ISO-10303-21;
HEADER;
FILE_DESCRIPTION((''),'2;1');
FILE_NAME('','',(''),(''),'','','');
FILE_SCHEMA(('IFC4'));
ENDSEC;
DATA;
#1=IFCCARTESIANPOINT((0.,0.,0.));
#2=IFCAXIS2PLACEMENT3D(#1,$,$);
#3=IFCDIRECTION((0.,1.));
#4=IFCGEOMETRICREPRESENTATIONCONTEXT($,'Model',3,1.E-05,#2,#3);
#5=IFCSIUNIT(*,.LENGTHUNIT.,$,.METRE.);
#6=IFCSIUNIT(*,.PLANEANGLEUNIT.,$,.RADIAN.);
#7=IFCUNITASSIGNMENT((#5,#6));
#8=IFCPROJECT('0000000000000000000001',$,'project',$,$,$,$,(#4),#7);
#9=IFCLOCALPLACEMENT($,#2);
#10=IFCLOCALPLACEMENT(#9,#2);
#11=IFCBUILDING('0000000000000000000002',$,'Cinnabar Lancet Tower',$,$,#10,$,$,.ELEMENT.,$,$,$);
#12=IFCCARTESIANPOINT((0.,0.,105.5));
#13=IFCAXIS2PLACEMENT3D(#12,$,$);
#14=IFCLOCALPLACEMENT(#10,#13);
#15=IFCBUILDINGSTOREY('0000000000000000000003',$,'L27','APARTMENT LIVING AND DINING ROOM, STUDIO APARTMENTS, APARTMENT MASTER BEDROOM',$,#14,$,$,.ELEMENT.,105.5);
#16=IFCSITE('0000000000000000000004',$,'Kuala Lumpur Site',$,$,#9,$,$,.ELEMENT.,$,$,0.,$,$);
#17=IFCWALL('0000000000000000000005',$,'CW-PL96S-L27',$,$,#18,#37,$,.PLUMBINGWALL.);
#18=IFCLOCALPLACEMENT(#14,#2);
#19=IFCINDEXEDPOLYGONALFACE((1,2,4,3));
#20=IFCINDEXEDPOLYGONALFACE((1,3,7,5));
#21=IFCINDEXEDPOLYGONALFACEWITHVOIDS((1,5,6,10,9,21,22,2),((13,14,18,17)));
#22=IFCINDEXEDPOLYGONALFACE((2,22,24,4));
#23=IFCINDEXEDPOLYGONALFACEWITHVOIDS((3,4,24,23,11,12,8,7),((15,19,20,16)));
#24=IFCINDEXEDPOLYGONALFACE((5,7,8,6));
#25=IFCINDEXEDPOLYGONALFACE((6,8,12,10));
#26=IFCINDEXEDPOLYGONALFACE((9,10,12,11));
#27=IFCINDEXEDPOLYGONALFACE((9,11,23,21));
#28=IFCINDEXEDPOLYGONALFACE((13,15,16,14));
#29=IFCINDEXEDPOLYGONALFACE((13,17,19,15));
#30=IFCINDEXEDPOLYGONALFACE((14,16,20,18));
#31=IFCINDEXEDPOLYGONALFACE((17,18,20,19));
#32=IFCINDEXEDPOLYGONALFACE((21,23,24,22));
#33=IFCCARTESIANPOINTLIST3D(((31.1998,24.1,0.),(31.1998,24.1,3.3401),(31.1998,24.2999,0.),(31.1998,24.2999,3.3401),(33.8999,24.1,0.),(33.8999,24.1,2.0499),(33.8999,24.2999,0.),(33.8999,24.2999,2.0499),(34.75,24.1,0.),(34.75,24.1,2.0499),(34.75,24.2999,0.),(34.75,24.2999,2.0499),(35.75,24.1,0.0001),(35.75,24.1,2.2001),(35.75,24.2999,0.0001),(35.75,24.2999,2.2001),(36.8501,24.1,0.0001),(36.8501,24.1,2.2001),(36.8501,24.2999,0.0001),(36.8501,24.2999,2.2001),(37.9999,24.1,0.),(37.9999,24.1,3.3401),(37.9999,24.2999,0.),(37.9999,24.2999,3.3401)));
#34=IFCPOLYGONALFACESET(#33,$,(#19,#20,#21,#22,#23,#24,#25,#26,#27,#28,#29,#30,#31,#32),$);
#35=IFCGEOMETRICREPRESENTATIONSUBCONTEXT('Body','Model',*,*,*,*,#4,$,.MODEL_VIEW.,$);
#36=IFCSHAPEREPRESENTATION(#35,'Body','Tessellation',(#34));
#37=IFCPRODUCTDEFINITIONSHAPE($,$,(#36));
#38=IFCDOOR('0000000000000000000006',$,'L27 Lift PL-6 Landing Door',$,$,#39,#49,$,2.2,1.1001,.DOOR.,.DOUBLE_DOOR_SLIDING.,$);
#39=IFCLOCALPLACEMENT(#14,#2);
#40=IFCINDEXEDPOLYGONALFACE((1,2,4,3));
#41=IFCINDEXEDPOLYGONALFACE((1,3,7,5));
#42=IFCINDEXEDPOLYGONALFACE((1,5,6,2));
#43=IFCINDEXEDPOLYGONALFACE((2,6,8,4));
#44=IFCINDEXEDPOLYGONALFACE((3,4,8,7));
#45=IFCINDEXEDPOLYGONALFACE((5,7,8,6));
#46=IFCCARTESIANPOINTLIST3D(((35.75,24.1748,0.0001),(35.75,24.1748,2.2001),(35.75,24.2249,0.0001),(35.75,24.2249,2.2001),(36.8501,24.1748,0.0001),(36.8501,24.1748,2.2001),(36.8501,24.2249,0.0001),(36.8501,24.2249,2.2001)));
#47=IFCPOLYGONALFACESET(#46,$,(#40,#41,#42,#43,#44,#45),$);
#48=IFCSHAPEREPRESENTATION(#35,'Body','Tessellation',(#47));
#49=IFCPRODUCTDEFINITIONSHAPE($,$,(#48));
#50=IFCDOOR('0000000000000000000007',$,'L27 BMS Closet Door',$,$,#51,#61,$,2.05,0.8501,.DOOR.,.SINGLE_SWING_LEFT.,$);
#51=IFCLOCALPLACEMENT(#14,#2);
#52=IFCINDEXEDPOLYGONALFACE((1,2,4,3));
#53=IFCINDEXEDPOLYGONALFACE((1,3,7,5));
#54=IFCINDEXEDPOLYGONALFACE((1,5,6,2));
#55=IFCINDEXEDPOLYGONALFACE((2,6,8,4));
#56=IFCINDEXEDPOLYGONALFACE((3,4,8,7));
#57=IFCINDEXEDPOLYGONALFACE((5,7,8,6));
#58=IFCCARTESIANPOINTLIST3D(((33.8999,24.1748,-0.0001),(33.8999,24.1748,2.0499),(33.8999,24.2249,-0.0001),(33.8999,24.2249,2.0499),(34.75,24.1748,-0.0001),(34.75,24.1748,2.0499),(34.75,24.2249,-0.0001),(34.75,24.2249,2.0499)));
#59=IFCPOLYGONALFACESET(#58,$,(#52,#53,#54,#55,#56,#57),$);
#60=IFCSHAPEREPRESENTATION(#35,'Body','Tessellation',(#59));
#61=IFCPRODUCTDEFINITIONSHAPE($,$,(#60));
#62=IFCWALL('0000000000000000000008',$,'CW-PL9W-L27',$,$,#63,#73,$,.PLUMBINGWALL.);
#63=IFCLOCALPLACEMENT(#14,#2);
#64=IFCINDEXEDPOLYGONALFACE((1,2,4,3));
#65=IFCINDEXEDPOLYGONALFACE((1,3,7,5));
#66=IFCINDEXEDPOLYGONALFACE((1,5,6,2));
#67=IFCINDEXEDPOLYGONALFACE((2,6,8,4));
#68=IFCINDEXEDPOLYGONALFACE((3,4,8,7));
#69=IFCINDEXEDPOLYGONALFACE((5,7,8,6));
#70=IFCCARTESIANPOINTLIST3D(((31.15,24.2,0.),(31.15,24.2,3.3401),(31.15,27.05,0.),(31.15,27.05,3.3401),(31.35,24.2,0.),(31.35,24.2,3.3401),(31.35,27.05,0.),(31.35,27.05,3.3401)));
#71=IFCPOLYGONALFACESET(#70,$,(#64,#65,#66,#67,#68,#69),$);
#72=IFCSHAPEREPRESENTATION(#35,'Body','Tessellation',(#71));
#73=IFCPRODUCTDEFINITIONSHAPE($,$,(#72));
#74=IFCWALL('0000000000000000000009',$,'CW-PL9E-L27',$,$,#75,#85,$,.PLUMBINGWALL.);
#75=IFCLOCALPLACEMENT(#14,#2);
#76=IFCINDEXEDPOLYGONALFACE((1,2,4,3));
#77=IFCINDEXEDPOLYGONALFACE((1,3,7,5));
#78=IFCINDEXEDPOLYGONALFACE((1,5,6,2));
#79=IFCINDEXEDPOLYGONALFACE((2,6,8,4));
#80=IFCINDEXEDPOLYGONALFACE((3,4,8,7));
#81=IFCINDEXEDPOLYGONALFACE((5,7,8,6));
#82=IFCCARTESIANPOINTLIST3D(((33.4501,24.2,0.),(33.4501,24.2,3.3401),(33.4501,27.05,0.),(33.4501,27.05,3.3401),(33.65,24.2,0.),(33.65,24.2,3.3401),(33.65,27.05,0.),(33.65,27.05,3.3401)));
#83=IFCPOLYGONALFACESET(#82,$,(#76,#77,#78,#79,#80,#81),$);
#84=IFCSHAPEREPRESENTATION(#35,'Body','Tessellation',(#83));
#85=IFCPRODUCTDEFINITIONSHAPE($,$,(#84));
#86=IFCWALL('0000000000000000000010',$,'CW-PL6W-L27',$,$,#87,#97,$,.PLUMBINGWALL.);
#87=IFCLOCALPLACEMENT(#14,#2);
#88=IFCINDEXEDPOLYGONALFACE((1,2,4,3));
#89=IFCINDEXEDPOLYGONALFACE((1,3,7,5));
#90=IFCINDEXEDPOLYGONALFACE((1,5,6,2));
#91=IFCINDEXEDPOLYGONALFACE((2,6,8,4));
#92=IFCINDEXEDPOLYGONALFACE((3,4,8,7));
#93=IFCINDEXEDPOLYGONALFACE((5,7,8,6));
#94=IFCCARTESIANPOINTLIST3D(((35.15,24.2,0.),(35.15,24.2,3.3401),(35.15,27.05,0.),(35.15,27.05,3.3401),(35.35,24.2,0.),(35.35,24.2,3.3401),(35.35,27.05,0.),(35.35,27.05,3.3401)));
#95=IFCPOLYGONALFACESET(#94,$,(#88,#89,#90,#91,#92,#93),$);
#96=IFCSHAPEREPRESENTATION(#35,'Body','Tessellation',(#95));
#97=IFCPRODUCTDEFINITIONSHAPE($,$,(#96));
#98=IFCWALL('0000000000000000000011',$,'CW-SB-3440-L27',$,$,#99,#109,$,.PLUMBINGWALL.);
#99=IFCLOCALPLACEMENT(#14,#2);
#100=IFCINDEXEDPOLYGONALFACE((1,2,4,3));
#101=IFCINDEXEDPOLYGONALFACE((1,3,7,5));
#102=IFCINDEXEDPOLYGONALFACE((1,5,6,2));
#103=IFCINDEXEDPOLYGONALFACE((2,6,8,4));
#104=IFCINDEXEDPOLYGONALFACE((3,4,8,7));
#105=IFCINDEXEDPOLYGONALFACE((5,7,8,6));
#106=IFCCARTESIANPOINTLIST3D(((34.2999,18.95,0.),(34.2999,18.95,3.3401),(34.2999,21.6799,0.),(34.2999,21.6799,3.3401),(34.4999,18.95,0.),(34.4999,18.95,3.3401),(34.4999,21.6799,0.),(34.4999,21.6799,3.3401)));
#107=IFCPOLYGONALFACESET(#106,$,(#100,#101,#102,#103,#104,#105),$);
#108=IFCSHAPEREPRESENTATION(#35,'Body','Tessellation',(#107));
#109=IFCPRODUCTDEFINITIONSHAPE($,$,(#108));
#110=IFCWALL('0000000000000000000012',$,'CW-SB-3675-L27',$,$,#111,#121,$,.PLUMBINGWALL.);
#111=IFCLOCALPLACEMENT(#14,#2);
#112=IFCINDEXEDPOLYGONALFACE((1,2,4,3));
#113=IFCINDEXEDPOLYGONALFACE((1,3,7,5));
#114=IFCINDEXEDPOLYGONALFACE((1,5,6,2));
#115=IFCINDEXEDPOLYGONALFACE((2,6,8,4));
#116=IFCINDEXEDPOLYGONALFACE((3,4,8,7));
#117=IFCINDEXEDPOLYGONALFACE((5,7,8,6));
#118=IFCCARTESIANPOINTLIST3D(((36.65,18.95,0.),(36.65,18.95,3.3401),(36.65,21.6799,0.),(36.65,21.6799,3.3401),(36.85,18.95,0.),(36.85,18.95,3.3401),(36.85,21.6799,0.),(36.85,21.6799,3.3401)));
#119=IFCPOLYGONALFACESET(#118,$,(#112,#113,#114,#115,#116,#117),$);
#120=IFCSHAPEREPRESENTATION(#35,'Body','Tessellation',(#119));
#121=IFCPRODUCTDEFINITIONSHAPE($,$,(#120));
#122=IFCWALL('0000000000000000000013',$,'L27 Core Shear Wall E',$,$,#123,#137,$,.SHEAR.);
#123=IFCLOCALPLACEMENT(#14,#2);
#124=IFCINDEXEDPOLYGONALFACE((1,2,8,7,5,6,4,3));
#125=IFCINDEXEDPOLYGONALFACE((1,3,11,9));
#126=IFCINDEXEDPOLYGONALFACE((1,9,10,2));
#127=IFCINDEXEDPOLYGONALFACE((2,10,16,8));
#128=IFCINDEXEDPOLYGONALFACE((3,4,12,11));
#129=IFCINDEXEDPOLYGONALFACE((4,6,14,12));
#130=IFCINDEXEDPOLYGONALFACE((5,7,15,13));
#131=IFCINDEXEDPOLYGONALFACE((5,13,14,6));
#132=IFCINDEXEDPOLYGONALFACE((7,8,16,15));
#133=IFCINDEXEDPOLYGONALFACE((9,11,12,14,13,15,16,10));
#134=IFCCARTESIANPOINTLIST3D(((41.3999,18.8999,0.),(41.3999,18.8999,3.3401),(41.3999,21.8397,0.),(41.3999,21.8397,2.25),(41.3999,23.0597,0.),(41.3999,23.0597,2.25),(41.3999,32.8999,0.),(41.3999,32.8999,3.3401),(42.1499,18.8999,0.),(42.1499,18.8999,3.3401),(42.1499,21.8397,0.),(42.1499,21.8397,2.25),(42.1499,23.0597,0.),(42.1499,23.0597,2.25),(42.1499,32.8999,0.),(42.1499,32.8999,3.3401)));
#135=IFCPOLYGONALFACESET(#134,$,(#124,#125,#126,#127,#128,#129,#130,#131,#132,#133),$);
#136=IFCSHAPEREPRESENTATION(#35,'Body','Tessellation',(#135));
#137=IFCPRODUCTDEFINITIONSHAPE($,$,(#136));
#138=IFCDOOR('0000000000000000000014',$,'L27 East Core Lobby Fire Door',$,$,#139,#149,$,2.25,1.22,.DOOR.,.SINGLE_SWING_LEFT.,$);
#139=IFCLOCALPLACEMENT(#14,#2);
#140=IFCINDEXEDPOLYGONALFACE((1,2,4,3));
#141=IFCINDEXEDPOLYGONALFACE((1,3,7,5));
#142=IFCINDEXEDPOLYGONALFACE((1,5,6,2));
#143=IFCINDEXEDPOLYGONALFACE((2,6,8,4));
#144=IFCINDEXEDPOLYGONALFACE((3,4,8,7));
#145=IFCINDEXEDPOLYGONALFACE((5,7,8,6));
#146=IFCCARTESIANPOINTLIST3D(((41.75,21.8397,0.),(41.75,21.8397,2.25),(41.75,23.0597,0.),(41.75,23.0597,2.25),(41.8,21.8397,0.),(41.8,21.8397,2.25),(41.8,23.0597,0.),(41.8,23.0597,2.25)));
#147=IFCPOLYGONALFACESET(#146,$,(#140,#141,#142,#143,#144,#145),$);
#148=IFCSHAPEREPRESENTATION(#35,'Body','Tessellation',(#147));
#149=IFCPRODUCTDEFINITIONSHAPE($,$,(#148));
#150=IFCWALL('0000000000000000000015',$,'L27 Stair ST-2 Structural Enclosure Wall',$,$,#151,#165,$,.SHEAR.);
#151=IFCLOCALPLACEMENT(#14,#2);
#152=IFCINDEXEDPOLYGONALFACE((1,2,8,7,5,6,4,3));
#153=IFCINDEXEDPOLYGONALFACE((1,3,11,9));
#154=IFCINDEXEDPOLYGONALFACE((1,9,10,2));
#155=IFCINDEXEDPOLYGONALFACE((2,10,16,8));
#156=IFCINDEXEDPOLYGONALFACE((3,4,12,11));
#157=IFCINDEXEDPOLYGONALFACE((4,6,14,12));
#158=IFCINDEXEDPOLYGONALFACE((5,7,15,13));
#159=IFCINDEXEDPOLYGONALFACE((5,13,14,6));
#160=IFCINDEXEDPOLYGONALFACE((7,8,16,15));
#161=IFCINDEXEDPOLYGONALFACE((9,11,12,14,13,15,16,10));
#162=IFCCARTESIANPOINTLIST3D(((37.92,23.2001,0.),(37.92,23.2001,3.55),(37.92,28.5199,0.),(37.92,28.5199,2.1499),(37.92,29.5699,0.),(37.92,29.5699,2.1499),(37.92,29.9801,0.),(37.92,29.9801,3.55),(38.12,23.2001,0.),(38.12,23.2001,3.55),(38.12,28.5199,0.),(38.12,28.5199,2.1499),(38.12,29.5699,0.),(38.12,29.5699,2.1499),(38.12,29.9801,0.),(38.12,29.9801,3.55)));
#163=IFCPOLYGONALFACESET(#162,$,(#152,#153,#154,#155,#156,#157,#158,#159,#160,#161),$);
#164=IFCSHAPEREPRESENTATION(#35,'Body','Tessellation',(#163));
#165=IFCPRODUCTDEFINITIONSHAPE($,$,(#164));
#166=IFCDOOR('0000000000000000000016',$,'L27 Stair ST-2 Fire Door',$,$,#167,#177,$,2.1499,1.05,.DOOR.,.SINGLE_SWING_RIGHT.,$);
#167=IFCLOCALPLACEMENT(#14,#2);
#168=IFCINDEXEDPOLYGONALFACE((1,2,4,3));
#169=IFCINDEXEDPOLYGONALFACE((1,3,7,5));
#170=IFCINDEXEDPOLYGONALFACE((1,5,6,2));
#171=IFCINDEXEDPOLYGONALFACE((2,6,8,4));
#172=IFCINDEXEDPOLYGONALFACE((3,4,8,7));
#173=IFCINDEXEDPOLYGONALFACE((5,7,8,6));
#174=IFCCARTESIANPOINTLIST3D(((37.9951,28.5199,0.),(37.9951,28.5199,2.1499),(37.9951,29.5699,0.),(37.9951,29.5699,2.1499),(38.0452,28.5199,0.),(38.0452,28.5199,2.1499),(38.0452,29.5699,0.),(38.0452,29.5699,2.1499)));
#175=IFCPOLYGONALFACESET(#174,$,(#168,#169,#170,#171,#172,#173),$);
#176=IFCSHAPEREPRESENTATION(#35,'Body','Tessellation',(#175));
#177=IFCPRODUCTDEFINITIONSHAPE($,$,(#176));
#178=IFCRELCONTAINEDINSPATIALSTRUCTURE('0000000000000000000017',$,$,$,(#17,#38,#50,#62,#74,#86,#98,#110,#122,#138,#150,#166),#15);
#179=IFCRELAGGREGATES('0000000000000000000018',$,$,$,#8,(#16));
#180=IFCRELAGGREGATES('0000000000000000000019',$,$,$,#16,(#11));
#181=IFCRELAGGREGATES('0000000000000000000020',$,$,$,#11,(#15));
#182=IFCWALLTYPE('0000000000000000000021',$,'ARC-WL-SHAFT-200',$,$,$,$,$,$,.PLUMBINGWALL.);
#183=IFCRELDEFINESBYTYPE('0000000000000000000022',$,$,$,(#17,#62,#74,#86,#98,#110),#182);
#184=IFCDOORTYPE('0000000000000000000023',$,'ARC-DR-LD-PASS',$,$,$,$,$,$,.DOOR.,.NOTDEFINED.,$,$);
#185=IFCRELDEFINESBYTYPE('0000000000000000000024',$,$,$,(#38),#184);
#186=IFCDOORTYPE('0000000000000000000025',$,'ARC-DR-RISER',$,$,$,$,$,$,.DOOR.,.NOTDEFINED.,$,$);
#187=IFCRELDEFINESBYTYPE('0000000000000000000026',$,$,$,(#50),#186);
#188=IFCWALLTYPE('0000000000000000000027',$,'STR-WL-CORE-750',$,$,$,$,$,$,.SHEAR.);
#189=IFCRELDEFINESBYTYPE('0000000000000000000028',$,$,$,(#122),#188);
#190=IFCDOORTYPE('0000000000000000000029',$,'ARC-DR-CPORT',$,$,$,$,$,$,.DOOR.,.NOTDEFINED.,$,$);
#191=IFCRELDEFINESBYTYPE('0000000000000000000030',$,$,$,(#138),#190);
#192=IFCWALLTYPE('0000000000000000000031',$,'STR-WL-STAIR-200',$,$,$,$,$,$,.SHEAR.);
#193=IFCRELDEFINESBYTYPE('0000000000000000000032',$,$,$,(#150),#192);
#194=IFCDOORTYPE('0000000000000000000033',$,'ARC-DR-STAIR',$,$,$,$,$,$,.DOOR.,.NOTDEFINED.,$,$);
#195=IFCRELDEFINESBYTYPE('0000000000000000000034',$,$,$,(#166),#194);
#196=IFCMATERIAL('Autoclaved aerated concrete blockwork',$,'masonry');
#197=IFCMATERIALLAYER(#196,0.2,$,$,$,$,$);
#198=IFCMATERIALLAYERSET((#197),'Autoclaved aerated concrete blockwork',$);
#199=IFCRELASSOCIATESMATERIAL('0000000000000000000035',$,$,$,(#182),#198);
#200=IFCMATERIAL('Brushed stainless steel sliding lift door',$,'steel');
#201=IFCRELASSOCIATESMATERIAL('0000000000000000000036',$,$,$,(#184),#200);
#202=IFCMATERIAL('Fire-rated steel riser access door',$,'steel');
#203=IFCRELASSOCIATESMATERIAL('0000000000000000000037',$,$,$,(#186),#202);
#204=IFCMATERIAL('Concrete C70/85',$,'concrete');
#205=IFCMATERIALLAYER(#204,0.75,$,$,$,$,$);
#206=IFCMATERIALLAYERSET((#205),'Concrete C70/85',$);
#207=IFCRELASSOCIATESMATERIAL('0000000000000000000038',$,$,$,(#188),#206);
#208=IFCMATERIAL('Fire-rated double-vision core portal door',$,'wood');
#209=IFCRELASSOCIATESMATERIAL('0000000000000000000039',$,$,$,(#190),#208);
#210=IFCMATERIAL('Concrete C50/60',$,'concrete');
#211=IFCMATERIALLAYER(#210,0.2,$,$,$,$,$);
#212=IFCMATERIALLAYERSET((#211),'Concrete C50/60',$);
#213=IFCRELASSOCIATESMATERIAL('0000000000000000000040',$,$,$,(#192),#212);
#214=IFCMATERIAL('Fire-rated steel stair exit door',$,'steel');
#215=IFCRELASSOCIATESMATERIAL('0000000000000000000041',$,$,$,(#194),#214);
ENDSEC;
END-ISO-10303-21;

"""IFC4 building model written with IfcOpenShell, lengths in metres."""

from ifc_helpers import new_model, si_unit, direction, frame, frame_2d, origin, place, context, subcontext, project, spatial, rectangle, extrude, material, layer, layer_set, type_object, element, fill, save


model = new_model("IFC4")

# Units and contexts
model_context = context("Model", 3, precision=1e-05, world=origin(), true_north=direction((0.0, 1.0)))
body_context = subcontext(model_context, "Body", "Model", "MODEL_VIEW")
ifc_project = project(units=[si_unit("LENGTHUNIT", "METRE"), si_unit("PLANEANGLEUNIT", "RADIAN")], contexts=[model_context])

# Site, building, storey
site_placement = place(None, origin())
site = spatial("IfcSite", under=ifc_project, at=site_placement, Name="Kuala Lumpur Site", CompositionType="ELEMENT", RefElevation=0.0)
building_placement = place(site_placement, origin())
building = spatial("IfcBuilding", under=site, at=building_placement, Name="Cinnabar Lancet Tower", CompositionType="ELEMENT")
storey_placement = place(building_placement, frame((0.0, 0.0, 105.5)))
storey = spatial("IfcBuildingStorey", under=building, at=storey_placement, Name="L27", Description="APARTMENT LIVING AND DINING ROOM, STUDIO APARTMENTS, APARTMENT MASTER BEDROOM", CompositionType="ELEMENT", Elevation=105.5)

# Shared definitions
ifc_material_1 = material(Name="Autoclaved aerated concrete blockwork", Category="masonry")
ifc_layer_1 = layer(ifc_material_1, 0.2)
ifc_layer_set_1 = layer_set([ifc_layer_1], Name="Autoclaved aerated concrete blockwork")
wall_type_1 = type_object("IfcWallType", Name="ARC-WL-SHAFT-200", PredefinedType="PLUMBINGWALL", material=ifc_layer_set_1)

# Wall, openings, doors
wall_1_placement = place(storey_placement, frame((31.2, 24.2, 0.0), z_axis=(0.0, 0.0, 1.0), x_axis=(1.0, 0.0, 0.0)))
wall_1 = element("IfcWall", 1, at=wall_1_placement, inside=storey, type_object=wall_type_1, Name="CW-PL96S-L27", PredefinedType="PLUMBINGWALL", context=body_context, shape_type="SweptSolid", body=[
    extrude(rectangle(XDim=6.8, YDim=0.2, at=frame_2d((3.3999, 0.0))), origin(), (0.0, 0.0, 1.0), 3.3401),
])
opening_1_placement = place(wall_1_placement, frame((2.7, 0.0, 0.0)))
opening_1 = element("IfcOpeningElement", 2, at=opening_1_placement, cuts=wall_1, PredefinedType="OPENING", context=body_context, shape_type="SweptSolid", body=[
    extrude(rectangle(XDim=0.8501, YDim=2.05, at=frame_2d((0.425, 1.0249))), frame((0.0, 0.1099, 0.0), z_axis=(0.0, -1.0, 0.0), x_axis=(1.0, 0.0, 0.0)), (0.0, 0.0, 1.0), 0.22),
])
opening_2_placement = place(wall_1_placement, frame((4.55, 0.0, 0.0)))
opening_2 = element("IfcOpeningElement", 3, at=opening_2_placement, cuts=wall_1, PredefinedType="OPENING", context=body_context, shape_type="SweptSolid", body=[
    extrude(rectangle(XDim=1.1001, YDim=2.2, at=frame_2d((0.55, 1.1001))), frame((0.0, 0.1099, 0.0), z_axis=(0.0, -1.0, 0.0), x_axis=(1.0, 0.0, 0.0)), (0.0, 0.0, 1.0), 0.22),
])
ifc_material_2 = material(Name="Brushed stainless steel sliding lift door", Category="steel")
door_type_1 = type_object("IfcDoorType", Name="ARC-DR-LD-PASS", OperationType="NOTDEFINED", PredefinedType="DOOR", material=ifc_material_2)
door_1_placement = place(opening_2_placement, origin())
door_1 = element("IfcDoor", 4, at=door_1_placement, inside=storey, type_object=door_type_1, Name="L27 Lift PL-6 Landing Door", OperationType="DOUBLE_DOOR_SLIDING", OverallHeight=2.2, OverallWidth=1.1001, PredefinedType="DOOR", context=body_context, shape_type="SweptSolid", body=[
    extrude(rectangle(XDim=1.1001, YDim=2.2, at=frame_2d((0.55, 1.1001))), frame((0.0, 0.0249, 0.0), z_axis=(0.0, -1.0, 0.0), x_axis=(1.0, 0.0, 0.0)), (0.0, 0.0, 1.0), 0.05),
])
fill(opening_2, door_1)
ifc_material_3 = material(Name="Fire-rated steel riser access door", Category="steel")
door_type_2 = type_object("IfcDoorType", Name="ARC-DR-RISER", OperationType="NOTDEFINED", PredefinedType="DOOR", material=ifc_material_3)
door_2_placement = place(opening_1_placement, origin())
door_2 = element("IfcDoor", 5, at=door_2_placement, inside=storey, type_object=door_type_2, Name="L27 BMS Closet Door", OperationType="SINGLE_SWING_LEFT", OverallHeight=2.05, OverallWidth=0.8501, PredefinedType="DOOR", context=body_context, shape_type="SweptSolid", body=[
    extrude(rectangle(XDim=0.8501, YDim=2.05, at=frame_2d((0.425, 1.0249))), frame((0.0, 0.0249, 0.0), z_axis=(0.0, -1.0, 0.0), x_axis=(1.0, 0.0, 0.0)), (0.0, 0.0, 1.0), 0.05),
])
fill(opening_1, door_2)

# Walls
for number, where, z_axis, x_axis, name in (
    (6, (31.25, 24.2, 0.0), (0.0, 0.0, 1.0), (0.0, 1.0, 0.0), "CW-PL9W-L27"),
    (7, (33.55, 24.2, 0.0), (0.0, 0.0, 1.0), (0.0, 1.0, 0.0), "CW-PL9E-L27"),
    (8, (35.25, 24.2, 0.0), (0.0, 0.0, 1.0), (0.0, 1.0, 0.0), "CW-PL6W-L27"),
):
    element("IfcWall", number, at=place(storey_placement, frame(where, z_axis=z_axis, x_axis=x_axis)), inside=storey, type_object=wall_type_1, Name=name, PredefinedType="PLUMBINGWALL", context=body_context, shape_type="SweptSolid", body=[
        extrude(rectangle(XDim=2.8501, YDim=0.2, at=frame_2d((1.425, 0.0))), origin(), (0.0, 0.0, 1.0), 3.3401),
    ])
for number, where, z_axis, x_axis, name in (
    (9, (34.3999, 18.95, 0.0), (0.0, 0.0, 1.0), (0.0, 1.0, 0.0), "CW-SB-3440-L27"),
    (10, (36.75, 18.95, 0.0), (0.0, 0.0, 1.0), (0.0, 1.0, 0.0), "CW-SB-3675-L27"),
):
    element("IfcWall", number, at=place(storey_placement, frame(where, z_axis=z_axis, x_axis=x_axis)), inside=storey, type_object=wall_type_1, Name=name, PredefinedType="PLUMBINGWALL", context=body_context, shape_type="SweptSolid", body=[
        extrude(rectangle(XDim=2.73, YDim=0.2, at=frame_2d((1.365, 0.0))), origin(), (0.0, 0.0, 1.0), 3.3401),
    ])

# Walls, openings, doors
ifc_material_4 = material(Name="Concrete C70/85", Category="concrete")
ifc_layer_2 = layer(ifc_material_4, 0.75)
ifc_layer_set_2 = layer_set([ifc_layer_2], Name="Concrete C70/85")
wall_type_2 = type_object("IfcWallType", Name="STR-WL-CORE-750", PredefinedType="SHEAR", material=ifc_layer_set_2)
wall_2_placement = place(storey_placement, frame((41.7749, 18.8999, 0.0), z_axis=(0.0, 0.0, 1.0), x_axis=(0.0, 1.0, 0.0)))
wall_2 = element("IfcWall", 11, at=wall_2_placement, inside=storey, type_object=wall_type_2, Name="L27 Core Shear Wall E", PredefinedType="SHEAR", context=body_context, shape_type="SweptSolid", body=[
    extrude(rectangle(XDim=14.0, YDim=0.75, at=frame_2d((7.0, 0.0))), origin(), (0.0, 0.0, 1.0), 3.3401),
])
opening_3_placement = place(wall_2_placement, frame((2.9399, 0.0, 0.0)))
opening_3 = element("IfcOpeningElement", 12, at=opening_3_placement, cuts=wall_2, PredefinedType="OPENING", context=body_context, shape_type="SweptSolid", body=[
    extrude(rectangle(XDim=1.22, YDim=2.25, at=frame_2d((0.6099, 1.125))), frame((0.0, 0.385, 0.0), z_axis=(0.0, -1.0, 0.0), x_axis=(1.0, 0.0, 0.0)), (0.0, 0.0, 1.0), 0.77),
])
ifc_material_5 = material(Name="Fire-rated double-vision core portal door", Category="wood")
door_type_3 = type_object("IfcDoorType", Name="ARC-DR-CPORT", OperationType="NOTDEFINED", PredefinedType="DOOR", material=ifc_material_5)
door_3_placement = place(opening_3_placement, origin())
door_3 = element("IfcDoor", 13, at=door_3_placement, inside=storey, type_object=door_type_3, Name="L27 East Core Lobby Fire Door", OperationType="SINGLE_SWING_LEFT", OverallHeight=2.25, OverallWidth=1.22, PredefinedType="DOOR", context=body_context, shape_type="SweptSolid", body=[
    extrude(rectangle(XDim=1.22, YDim=2.25, at=frame_2d((0.6099, 1.125))), frame((0.0, 0.0249, 0.0), z_axis=(0.0, -1.0, 0.0), x_axis=(1.0, 0.0, 0.0)), (0.0, 0.0, 1.0), 0.05),
])
fill(opening_3, door_3)
ifc_material_6 = material(Name="Concrete C50/60", Category="concrete")
ifc_layer_3 = layer(ifc_material_6, 0.2)
ifc_layer_set_3 = layer_set([ifc_layer_3], Name="Concrete C50/60")
wall_type_3 = type_object("IfcWallType", Name="STR-WL-STAIR-200", PredefinedType="SHEAR", material=ifc_layer_set_3)
wall_3_placement = place(storey_placement, frame((38.02, 23.2, 0.0), z_axis=(0.0, 0.0, 1.0), x_axis=(0.0, 1.0, 0.0)))
wall_3 = element("IfcWall", 14, at=wall_3_placement, inside=storey, type_object=wall_type_3, Name="L27 Stair ST-2 Structural Enclosure Wall", PredefinedType="SHEAR", context=body_context, shape_type="SweptSolid", body=[
    extrude(rectangle(XDim=6.78, YDim=0.2, at=frame_2d((3.3901, 0.0))), origin(), (0.0, 0.0, 1.0), 3.55),
])
opening_4_placement = place(wall_3_placement, frame((5.3201, 0.0, 0.0)))
opening_4 = element("IfcOpeningElement", 15, at=opening_4_placement, cuts=wall_3, PredefinedType="OPENING", context=body_context, shape_type="SweptSolid", body=[
    extrude(rectangle(XDim=1.05, YDim=2.1499, at=frame_2d((0.5249, 1.075))), frame((0.0, 0.1099, 0.0), z_axis=(0.0, -1.0, 0.0), x_axis=(1.0, 0.0, 0.0)), (0.0, 0.0, 1.0), 0.22),
])
ifc_material_7 = material(Name="Fire-rated steel stair exit door", Category="steel")
door_type_4 = type_object("IfcDoorType", Name="ARC-DR-STAIR", OperationType="NOTDEFINED", PredefinedType="DOOR", material=ifc_material_7)
door_4_placement = place(opening_4_placement, origin())
door_4 = element("IfcDoor", 16, at=door_4_placement, inside=storey, type_object=door_type_4, Name="L27 Stair ST-2 Fire Door", OperationType="SINGLE_SWING_RIGHT", OverallHeight=2.1499, OverallWidth=1.05, PredefinedType="DOOR", context=body_context, shape_type="SweptSolid", body=[
    extrude(rectangle(XDim=1.05, YDim=2.1499, at=frame_2d((0.5249, 1.075))), frame((0.0, 0.0249, 0.0), z_axis=(0.0, -1.0, 0.0), x_axis=(1.0, 0.0, 0.0)), (0.0, 0.0, 1.0), 0.05),
])
fill(opening_4, door_4)

save(model, "model.ifc")
